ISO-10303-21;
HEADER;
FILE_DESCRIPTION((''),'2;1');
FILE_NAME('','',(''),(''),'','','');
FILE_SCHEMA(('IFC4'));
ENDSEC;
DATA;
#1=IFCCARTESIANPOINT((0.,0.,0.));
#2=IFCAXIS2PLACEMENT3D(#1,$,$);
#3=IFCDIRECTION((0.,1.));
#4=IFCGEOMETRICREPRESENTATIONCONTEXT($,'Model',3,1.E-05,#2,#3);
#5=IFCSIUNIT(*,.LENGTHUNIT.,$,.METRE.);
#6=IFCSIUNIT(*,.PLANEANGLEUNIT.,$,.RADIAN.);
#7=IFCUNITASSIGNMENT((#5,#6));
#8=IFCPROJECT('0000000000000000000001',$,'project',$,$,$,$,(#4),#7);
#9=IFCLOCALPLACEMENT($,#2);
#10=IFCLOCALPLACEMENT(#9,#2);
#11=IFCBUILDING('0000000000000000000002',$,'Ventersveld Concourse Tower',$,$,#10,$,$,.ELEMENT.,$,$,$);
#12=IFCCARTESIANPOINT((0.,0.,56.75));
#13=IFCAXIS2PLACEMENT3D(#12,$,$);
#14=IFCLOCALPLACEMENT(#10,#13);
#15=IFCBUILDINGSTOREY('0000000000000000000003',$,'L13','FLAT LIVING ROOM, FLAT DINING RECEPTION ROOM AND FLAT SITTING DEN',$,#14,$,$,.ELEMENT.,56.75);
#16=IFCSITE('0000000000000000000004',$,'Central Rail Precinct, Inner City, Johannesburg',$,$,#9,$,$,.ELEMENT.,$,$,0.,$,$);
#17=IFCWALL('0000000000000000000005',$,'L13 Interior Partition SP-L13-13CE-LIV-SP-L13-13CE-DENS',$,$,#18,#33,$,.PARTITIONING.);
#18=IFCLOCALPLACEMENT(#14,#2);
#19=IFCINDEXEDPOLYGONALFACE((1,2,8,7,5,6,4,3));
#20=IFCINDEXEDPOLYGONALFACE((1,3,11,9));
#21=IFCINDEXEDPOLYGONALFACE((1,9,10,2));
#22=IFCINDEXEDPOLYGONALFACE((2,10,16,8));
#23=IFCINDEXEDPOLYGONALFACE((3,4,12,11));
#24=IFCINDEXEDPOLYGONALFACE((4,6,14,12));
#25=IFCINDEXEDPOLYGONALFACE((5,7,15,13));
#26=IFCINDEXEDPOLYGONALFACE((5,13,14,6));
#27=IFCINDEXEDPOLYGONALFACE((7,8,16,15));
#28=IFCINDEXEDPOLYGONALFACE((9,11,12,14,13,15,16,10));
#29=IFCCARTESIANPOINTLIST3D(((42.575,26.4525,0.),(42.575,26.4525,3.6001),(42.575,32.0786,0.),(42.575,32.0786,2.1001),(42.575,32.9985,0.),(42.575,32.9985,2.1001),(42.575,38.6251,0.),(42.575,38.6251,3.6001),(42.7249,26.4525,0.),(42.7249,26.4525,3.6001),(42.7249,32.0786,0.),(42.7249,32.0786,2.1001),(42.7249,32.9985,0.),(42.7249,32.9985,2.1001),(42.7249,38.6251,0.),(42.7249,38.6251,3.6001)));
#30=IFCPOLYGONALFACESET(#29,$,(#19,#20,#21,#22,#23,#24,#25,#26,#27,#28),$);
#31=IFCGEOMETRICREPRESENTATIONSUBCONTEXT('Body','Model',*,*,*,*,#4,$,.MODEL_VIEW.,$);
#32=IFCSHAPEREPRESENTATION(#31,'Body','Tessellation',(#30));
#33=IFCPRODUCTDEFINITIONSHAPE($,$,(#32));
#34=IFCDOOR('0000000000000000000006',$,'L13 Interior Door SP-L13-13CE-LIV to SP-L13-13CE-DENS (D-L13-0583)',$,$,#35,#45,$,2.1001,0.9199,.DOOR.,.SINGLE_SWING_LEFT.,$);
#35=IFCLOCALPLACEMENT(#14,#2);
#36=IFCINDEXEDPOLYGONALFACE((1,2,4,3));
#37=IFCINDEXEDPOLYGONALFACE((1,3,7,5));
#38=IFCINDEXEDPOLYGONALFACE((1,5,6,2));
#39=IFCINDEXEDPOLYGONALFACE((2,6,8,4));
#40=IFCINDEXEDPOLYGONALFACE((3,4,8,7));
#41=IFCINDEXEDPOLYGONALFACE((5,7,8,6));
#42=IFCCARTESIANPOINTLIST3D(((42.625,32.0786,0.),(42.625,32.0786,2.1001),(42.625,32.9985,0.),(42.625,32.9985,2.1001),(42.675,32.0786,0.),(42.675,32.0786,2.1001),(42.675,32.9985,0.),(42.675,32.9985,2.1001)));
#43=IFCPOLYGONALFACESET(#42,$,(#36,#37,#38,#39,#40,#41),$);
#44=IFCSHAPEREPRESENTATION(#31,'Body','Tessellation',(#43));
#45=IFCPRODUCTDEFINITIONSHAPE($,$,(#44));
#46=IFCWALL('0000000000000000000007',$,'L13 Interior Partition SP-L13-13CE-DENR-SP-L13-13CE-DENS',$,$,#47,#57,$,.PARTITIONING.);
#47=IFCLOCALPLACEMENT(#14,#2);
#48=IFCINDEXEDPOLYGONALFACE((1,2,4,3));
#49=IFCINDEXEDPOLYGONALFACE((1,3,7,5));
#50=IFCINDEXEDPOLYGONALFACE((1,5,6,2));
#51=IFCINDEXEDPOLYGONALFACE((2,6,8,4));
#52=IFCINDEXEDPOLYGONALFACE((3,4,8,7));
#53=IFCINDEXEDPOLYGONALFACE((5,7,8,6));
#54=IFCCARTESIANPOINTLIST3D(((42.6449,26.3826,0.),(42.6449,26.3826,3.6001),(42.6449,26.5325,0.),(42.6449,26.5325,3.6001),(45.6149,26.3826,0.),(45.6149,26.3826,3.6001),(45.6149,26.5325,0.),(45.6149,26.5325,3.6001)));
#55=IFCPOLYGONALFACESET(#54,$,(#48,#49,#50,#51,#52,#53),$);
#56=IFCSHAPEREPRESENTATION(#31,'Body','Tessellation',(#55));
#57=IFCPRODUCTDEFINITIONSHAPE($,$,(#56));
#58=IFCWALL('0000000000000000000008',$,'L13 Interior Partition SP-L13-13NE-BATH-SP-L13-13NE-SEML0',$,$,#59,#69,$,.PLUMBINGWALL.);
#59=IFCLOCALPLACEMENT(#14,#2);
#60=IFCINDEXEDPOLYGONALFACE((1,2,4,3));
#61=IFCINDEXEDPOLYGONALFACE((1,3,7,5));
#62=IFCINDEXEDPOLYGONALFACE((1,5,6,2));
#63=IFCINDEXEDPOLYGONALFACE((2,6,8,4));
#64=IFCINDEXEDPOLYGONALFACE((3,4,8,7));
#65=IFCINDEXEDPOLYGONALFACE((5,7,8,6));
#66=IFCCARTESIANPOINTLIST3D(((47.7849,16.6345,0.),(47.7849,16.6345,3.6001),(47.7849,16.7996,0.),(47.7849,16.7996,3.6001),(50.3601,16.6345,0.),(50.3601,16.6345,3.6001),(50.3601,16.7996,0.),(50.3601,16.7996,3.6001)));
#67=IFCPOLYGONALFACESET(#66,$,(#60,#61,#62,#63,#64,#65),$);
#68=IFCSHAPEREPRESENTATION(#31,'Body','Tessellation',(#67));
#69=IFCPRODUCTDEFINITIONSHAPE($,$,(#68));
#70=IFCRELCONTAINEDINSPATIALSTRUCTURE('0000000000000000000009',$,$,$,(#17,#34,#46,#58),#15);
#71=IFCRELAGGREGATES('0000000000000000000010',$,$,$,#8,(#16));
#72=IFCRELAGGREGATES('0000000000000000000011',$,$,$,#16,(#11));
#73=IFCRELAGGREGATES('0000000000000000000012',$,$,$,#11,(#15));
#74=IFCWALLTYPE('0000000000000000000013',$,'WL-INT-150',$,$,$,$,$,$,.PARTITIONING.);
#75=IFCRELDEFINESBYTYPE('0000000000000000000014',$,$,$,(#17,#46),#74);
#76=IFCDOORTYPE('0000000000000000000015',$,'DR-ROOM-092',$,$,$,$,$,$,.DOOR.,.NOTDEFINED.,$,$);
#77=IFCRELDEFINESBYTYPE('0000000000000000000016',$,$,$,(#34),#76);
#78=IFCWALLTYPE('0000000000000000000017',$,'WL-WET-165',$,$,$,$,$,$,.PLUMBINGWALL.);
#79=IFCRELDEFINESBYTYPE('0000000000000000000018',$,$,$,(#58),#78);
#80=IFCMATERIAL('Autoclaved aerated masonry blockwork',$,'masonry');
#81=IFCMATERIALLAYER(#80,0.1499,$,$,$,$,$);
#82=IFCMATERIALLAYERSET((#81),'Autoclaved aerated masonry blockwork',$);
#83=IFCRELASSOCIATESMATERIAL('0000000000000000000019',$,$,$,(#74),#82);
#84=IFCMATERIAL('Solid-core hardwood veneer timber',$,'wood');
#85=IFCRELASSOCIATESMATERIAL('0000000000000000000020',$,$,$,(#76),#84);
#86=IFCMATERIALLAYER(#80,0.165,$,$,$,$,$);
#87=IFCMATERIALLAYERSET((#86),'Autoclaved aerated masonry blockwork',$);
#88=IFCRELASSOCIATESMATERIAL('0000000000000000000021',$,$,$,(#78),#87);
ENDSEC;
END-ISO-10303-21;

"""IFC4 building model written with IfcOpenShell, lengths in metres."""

from ifc_helpers import new_model, si_unit, direction, frame, frame_2d, origin, place, context, subcontext, project, spatial, rectangle, extrude, material, layer, layer_set, type_object, element, fill, save


model = new_model("IFC4")

# Units and contexts
model_context = context("Model", 3, precision=1e-05, world=origin(), true_north=direction((0.0, 1.0)))
body_context = subcontext(model_context, "Body", "Model", "MODEL_VIEW")
ifc_project = project(units=[si_unit("LENGTHUNIT", "METRE"), si_unit("PLANEANGLEUNIT", "RADIAN")], contexts=[model_context])

# Site, building, storey
site_placement = place(None, origin())
site = spatial("IfcSite", under=ifc_project, at=site_placement, Name="Central Rail Precinct, Inner City, Johannesburg", CompositionType="ELEMENT", RefElevation=0.0)
building_placement = place(site_placement, origin())
building = spatial("IfcBuilding", under=site, at=building_placement, Name="Ventersveld Concourse Tower", CompositionType="ELEMENT")
storey_placement = place(building_placement, frame((0.0, 0.0, 56.75)))
storey = spatial("IfcBuildingStorey", under=building, at=storey_placement, Name="L13", Description="FLAT LIVING ROOM, FLAT DINING RECEPTION ROOM AND FLAT SITTING DEN", CompositionType="ELEMENT", Elevation=56.75)

# Shared definitions
ifc_material_1 = material(Name="Autoclaved aerated masonry blockwork", Category="masonry")
ifc_layer_1 = layer(ifc_material_1, 0.1499)
ifc_layer_set_1 = layer_set([ifc_layer_1], Name="Autoclaved aerated masonry blockwork")
wall_type_1 = type_object("IfcWallType", Name="WL-INT-150", PredefinedType="PARTITIONING", material=ifc_layer_set_1)
ifc_material_2 = material(Name="Solid-core hardwood veneer timber", Category="wood")
door_type = type_object("IfcDoorType", Name="DR-ROOM-092", OperationType="NOTDEFINED", PredefinedType="DOOR", material=ifc_material_2)

# Wall, opening, door
wall_1_placement = place(storey_placement, frame((42.6499, 26.4524, 0.0), z_axis=(0.0, 0.0, 1.0), x_axis=(0.0, 1.0, 0.0)))
wall_1 = element("IfcWall", 1, at=wall_1_placement, inside=storey, type_object=wall_type_1, Name="L13 Interior Partition SP-L13-13CE-LIV-SP-L13-13CE-DENS", PredefinedType="PARTITIONING", context=body_context, shape_type="SweptSolid", body=[
    extrude(rectangle(XDim=12.1726, YDim=0.1499, at=frame_2d((6.0864, 0.0))), origin(), (0.0, 0.0, 1.0), 3.6001),
])
opening_1_placement = place(wall_1_placement, frame((5.6262, 0.0, 0.0)))
opening_1 = element("IfcOpeningElement", 2, at=opening_1_placement, cuts=wall_1, PredefinedType="OPENING", context=body_context, shape_type="SweptSolid", body=[
    extrude(rectangle(XDim=0.9199, YDim=2.1001, at=frame_2d((0.46, 1.05))), frame((0.0, 0.085, 0.0), z_axis=(0.0, -1.0, 0.0), x_axis=(1.0, 0.0, 0.0)), (0.0, 0.0, 1.0), 0.1699),
])
door_1_placement = place(opening_1_placement, origin())
door_1 = element("IfcDoor", 3, at=door_1_placement, inside=storey, type_object=door_type, Name="L13 Interior Door SP-L13-13CE-LIV to SP-L13-13CE-DENS (D-L13-0583)", OperationType="SINGLE_SWING_LEFT", OverallHeight=2.1001, OverallWidth=0.9199, PredefinedType="DOOR", context=body_context, shape_type="SweptSolid", body=[
    extrude(rectangle(XDim=0.9199, YDim=2.1001, at=frame_2d((0.46, 1.05))), frame((0.0, 0.0249, 0.0), z_axis=(0.0, -1.0, 0.0), x_axis=(1.0, 0.0, 0.0)), (0.0, 0.0, 1.0), 0.05),
])
fill(opening_1, door_1)

# Walls
wall_2_placement = place(storey_placement, frame((42.645, 26.4575, 0.0), z_axis=(0.0, 0.0, 1.0), x_axis=(1.0, 0.0, 0.0)))
element("IfcWall", 4, at=wall_2_placement, inside=storey, type_object=wall_type_1, Name="L13 Interior Partition SP-L13-13CE-DENR-SP-L13-13CE-DENS", PredefinedType="PARTITIONING", context=body_context, shape_type="SweptSolid", body=[
    extrude(rectangle(XDim=2.97, YDim=0.1499, at=frame_2d((1.4849, 0.0))), origin(), (0.0, 0.0, 1.0), 3.6001),
])
ifc_layer_2 = layer(ifc_material_1, 0.165)
ifc_layer_set_2 = layer_set([ifc_layer_2], Name="Autoclaved aerated masonry blockwork")
wall_type_2 = type_object("IfcWallType", Name="WL-WET-165", PredefinedType="PLUMBINGWALL", material=ifc_layer_set_2)
wall_3_placement = place(storey_placement, frame((47.7849, 16.717, 0.0), z_axis=(0.0, 0.0, 1.0), x_axis=(1.0, 0.0, 0.0)))
element("IfcWall", 5, at=wall_3_placement, inside=storey, type_object=wall_type_2, Name="L13 Interior Partition SP-L13-13NE-BATH-SP-L13-13NE-SEML0", PredefinedType="PLUMBINGWALL", context=body_context, shape_type="SweptSolid", body=[
    extrude(rectangle(XDim=2.5752, YDim=0.165, at=frame_2d((1.2876, 0.0))), origin(), (0.0, 0.0, 1.0), 3.6001),
])

save(model, "model.ifc")
